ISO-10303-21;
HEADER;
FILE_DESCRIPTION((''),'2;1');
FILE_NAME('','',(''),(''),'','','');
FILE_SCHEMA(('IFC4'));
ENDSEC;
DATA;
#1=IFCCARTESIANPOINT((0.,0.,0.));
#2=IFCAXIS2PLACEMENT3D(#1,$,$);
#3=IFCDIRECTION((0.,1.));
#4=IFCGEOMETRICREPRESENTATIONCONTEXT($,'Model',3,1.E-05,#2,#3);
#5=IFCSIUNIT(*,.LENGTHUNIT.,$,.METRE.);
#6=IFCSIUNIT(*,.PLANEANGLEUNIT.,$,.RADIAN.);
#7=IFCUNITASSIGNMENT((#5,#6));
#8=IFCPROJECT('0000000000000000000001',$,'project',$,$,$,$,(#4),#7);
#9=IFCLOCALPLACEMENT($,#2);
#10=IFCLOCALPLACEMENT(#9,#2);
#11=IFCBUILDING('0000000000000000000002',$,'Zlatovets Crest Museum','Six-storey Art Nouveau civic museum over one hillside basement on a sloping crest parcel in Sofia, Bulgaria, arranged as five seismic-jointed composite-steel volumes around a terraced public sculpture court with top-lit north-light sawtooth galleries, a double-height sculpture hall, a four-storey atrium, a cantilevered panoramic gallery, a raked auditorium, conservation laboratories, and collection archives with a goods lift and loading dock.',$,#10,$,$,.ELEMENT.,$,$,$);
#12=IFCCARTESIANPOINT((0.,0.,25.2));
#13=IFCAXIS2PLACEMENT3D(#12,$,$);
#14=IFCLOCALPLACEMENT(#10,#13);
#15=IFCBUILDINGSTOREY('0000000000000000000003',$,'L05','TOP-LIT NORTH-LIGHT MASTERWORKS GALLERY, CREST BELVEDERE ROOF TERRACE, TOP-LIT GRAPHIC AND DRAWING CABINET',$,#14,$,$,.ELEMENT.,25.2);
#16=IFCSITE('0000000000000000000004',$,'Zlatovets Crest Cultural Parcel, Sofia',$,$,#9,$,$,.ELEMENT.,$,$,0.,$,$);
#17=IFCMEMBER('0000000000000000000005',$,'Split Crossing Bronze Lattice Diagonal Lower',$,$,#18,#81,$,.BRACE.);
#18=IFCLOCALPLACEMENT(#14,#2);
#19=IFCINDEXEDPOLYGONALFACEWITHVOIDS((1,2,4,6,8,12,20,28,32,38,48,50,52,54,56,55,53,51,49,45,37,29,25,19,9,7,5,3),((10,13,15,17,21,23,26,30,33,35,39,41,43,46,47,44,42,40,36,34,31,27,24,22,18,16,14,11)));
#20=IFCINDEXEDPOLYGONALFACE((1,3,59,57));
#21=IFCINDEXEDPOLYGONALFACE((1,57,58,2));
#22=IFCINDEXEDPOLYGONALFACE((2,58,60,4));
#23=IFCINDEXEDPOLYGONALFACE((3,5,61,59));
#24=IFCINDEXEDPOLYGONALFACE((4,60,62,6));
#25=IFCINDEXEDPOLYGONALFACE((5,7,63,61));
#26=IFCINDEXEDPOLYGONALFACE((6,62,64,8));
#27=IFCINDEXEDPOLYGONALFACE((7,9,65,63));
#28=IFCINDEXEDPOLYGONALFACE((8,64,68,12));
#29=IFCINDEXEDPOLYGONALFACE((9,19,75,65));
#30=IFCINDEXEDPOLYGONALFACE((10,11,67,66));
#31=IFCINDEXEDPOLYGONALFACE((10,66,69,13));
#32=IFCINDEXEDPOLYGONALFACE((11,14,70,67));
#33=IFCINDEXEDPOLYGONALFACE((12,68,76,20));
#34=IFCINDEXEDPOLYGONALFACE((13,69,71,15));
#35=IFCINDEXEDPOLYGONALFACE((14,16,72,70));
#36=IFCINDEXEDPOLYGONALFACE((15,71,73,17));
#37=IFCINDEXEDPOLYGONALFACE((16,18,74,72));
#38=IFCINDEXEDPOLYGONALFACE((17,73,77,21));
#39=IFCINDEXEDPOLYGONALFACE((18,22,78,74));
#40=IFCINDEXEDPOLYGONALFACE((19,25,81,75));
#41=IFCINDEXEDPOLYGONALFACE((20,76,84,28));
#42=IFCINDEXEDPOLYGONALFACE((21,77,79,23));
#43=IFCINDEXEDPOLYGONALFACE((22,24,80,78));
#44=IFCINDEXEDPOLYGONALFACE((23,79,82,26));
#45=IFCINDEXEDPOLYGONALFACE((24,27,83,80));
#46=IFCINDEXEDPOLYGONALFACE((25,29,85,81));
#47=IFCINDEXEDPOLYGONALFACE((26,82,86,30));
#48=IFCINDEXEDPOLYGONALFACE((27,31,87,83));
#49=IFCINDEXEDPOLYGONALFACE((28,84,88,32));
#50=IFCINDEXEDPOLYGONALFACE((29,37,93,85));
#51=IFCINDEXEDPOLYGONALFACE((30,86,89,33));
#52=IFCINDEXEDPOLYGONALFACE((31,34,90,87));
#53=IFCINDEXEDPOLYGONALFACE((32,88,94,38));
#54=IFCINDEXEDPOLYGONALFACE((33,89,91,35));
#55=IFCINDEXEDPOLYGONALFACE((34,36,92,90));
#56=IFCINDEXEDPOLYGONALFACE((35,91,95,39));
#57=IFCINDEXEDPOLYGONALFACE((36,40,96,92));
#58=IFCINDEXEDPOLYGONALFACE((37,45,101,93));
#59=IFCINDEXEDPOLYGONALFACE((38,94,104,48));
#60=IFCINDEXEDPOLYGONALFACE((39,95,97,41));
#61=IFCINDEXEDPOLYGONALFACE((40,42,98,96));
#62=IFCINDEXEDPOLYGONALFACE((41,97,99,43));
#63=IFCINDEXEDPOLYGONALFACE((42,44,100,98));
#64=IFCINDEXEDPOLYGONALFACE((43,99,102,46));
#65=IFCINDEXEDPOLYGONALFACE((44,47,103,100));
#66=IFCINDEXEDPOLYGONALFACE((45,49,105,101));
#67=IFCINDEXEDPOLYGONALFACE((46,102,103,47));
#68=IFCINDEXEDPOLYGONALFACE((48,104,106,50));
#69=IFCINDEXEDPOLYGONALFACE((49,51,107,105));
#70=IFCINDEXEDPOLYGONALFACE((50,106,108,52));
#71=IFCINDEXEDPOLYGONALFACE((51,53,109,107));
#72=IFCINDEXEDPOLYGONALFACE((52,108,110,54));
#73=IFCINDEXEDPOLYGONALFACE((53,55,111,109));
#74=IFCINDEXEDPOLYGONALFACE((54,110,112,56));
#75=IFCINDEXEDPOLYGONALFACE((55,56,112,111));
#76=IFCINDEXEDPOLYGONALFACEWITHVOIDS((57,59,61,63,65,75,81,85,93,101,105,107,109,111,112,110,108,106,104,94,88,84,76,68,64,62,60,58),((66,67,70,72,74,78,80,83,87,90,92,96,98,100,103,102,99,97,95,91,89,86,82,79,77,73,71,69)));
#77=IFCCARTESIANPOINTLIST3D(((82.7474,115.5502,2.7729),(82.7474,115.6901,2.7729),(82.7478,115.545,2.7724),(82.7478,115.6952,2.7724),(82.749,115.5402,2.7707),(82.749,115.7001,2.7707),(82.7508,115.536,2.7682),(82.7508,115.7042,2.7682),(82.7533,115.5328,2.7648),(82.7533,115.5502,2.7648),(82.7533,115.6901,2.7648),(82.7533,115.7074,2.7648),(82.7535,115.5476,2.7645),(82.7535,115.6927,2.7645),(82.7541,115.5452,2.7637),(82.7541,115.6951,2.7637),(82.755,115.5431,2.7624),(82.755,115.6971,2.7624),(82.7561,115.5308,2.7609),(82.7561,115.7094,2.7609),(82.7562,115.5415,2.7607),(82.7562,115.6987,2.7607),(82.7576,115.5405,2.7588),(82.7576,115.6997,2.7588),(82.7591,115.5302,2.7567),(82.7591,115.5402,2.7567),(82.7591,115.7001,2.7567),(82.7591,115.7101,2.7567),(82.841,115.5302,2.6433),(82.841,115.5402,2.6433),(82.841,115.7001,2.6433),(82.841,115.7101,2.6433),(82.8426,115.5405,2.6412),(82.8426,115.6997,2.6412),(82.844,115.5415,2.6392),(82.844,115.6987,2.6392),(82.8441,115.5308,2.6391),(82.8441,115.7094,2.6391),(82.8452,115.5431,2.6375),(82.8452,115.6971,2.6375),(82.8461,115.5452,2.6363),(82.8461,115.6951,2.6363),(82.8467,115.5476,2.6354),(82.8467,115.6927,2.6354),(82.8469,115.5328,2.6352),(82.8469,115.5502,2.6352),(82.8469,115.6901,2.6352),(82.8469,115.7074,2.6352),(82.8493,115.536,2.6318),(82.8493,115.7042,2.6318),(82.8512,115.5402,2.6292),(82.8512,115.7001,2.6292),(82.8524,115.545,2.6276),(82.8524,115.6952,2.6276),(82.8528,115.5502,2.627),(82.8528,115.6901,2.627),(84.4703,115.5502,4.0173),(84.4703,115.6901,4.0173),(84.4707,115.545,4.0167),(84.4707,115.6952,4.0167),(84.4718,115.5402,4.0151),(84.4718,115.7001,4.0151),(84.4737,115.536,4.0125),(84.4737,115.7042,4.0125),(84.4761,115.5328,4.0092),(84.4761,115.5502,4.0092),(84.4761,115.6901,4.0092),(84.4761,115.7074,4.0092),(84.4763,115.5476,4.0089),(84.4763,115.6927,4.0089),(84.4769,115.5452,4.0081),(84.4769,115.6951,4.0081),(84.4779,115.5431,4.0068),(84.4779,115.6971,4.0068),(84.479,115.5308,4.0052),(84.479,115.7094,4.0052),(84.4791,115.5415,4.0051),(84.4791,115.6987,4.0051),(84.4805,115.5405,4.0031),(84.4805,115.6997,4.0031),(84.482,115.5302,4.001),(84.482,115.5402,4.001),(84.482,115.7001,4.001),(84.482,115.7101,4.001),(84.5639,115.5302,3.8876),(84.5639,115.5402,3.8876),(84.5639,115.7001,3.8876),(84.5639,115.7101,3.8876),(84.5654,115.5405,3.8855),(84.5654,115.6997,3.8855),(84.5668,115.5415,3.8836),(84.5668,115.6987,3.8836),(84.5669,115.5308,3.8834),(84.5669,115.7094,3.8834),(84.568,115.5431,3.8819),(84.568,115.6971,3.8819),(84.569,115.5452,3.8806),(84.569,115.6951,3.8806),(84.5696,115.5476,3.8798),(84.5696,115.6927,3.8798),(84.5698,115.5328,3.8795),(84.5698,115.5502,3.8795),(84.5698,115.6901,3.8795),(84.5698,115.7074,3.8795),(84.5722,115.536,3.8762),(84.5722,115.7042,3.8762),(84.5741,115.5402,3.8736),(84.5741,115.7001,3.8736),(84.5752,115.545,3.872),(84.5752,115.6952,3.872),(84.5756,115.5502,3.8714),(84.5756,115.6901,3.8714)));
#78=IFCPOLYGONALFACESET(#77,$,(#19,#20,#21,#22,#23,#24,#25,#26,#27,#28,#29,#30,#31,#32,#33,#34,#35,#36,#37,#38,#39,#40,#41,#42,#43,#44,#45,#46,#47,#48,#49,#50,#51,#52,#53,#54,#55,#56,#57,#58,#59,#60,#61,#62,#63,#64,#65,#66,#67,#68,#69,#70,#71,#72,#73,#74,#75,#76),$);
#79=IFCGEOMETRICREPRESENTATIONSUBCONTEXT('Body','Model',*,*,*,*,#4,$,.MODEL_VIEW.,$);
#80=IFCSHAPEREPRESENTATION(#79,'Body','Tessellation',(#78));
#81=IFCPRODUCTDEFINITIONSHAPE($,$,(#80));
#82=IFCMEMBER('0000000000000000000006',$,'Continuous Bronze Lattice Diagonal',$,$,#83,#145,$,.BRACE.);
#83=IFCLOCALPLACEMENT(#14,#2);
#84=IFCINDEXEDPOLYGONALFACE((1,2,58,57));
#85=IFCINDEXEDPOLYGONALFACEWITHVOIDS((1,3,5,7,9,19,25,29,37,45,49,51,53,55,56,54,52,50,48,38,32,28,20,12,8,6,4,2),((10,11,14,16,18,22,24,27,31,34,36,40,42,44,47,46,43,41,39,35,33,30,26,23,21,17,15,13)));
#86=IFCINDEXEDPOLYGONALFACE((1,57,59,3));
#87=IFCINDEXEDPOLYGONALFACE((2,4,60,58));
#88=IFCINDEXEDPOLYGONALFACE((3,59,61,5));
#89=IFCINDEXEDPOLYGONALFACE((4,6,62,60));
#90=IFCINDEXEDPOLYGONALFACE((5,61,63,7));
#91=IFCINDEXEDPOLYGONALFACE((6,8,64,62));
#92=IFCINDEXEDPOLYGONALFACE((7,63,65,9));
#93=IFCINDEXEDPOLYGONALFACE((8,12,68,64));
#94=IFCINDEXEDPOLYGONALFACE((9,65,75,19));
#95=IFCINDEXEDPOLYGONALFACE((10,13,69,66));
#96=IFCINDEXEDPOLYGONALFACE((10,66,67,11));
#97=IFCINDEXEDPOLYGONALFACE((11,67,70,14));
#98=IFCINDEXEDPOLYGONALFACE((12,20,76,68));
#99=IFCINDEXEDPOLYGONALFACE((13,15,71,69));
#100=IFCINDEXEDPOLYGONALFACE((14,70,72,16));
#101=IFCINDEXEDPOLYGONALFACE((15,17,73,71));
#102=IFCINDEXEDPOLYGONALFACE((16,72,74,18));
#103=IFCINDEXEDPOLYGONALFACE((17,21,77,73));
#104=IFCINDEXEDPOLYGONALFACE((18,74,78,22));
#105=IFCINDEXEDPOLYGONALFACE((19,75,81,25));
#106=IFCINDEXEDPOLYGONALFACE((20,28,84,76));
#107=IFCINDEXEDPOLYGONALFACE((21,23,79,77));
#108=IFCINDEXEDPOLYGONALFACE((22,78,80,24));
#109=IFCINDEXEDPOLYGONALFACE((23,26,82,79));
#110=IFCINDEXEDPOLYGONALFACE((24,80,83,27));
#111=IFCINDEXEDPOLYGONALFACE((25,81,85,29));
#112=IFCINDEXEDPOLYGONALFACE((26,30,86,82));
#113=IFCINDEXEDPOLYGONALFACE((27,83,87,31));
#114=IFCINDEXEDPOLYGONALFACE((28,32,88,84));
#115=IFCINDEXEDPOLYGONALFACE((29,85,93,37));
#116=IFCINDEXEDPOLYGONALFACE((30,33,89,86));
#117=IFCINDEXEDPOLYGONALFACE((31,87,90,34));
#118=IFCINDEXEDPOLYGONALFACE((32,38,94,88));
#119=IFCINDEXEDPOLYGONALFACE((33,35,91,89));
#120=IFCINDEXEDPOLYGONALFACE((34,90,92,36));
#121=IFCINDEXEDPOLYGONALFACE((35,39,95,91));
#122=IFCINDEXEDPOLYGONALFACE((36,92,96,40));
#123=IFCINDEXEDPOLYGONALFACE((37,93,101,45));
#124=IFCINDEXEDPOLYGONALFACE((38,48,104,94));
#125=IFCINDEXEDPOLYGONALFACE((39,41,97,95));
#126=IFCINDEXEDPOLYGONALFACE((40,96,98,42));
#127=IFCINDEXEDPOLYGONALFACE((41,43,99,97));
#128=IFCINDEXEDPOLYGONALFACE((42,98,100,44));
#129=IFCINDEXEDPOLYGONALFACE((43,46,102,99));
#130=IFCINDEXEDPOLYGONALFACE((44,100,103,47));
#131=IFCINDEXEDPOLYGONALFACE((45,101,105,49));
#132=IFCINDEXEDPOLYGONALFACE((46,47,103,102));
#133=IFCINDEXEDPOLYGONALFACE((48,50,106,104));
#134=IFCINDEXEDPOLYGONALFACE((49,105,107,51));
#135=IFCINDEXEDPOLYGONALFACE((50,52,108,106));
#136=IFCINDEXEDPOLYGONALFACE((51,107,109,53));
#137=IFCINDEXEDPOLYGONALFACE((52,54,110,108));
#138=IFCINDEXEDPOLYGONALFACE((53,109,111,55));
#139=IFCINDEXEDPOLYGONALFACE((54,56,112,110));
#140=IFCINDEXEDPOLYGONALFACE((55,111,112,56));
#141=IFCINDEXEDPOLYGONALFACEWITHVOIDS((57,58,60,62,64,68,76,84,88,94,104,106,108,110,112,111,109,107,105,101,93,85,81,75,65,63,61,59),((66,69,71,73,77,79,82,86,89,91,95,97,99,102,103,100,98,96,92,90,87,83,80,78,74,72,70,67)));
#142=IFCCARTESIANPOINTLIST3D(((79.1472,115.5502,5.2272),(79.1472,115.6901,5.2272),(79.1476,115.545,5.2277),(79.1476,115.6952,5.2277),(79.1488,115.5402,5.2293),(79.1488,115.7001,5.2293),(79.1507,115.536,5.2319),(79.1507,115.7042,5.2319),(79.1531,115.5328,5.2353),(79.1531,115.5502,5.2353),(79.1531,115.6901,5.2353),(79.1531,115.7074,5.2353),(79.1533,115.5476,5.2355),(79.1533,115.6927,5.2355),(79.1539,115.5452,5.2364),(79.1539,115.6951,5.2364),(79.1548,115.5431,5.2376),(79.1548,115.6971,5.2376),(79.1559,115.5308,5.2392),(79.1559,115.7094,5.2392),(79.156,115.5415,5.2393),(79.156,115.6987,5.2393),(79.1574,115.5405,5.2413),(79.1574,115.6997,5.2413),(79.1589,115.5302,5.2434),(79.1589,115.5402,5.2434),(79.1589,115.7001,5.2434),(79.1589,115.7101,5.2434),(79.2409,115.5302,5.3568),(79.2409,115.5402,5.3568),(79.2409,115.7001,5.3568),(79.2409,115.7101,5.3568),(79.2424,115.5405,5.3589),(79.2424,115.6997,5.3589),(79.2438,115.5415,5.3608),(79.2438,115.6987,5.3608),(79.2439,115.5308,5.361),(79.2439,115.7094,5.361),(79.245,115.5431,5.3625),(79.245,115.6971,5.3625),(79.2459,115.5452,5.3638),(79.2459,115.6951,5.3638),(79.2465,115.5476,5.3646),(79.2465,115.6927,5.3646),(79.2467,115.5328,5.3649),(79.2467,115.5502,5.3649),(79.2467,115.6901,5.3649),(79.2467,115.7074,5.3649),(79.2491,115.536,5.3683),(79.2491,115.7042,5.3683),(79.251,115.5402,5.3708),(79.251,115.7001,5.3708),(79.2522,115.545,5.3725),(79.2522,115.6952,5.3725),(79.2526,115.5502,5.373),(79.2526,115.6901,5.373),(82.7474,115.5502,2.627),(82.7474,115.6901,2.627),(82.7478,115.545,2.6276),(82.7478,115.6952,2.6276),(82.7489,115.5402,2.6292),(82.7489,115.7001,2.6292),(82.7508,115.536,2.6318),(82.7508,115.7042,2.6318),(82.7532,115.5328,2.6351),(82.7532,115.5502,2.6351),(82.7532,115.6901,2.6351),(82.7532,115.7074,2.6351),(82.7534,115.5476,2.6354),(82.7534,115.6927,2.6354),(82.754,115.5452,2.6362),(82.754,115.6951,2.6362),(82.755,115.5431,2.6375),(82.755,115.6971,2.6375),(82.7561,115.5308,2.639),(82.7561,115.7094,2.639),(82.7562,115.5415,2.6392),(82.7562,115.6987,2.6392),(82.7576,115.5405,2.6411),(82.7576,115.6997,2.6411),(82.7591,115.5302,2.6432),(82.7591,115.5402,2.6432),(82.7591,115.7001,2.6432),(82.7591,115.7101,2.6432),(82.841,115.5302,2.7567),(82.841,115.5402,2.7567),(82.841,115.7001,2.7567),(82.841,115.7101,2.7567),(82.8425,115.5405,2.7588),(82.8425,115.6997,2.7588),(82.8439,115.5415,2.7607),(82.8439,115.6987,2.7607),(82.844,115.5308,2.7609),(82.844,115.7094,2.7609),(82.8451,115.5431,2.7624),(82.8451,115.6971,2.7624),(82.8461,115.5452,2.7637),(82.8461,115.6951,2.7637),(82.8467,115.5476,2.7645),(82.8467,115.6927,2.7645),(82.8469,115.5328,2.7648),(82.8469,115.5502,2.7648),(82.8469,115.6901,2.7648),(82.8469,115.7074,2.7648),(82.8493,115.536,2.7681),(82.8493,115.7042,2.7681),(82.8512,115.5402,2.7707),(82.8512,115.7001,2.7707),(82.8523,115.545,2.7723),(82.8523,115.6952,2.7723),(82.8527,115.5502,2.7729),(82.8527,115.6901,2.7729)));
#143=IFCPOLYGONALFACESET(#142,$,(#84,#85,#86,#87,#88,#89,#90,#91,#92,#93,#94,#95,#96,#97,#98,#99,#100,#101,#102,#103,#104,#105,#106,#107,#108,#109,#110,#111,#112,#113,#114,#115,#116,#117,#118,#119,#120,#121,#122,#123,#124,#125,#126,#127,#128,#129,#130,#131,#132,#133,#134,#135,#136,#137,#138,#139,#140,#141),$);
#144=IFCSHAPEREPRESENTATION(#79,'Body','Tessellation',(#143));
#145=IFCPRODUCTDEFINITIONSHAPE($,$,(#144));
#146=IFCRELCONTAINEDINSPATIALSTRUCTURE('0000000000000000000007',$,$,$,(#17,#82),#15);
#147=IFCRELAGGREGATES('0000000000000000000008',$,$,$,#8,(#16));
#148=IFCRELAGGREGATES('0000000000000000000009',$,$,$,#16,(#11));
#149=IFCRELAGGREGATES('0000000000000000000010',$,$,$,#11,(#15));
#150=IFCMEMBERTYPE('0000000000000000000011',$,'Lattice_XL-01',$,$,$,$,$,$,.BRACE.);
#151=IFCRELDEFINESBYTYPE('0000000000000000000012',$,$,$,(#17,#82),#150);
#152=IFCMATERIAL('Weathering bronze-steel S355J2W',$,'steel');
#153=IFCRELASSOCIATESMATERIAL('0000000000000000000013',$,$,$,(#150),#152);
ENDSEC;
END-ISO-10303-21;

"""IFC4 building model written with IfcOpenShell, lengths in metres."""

from ifc_helpers import new_model, si_unit, direction, frame, origin, origin_2d, place, context, subcontext, project, spatial, hollow_rectangle, extrude, material, material_profile, profile_set, type_object, element, save


model = new_model("IFC4")

# Units and contexts
model_context = context("Model", 3, precision=1e-05, world=origin(), true_north=direction((0.0, 1.0)))
body_context = subcontext(model_context, "Body", "Model", "MODEL_VIEW")
ifc_project = project(units=[si_unit("LENGTHUNIT", "METRE"), si_unit("PLANEANGLEUNIT", "RADIAN")], contexts=[model_context])

# Site, building, storey
site_placement = place(None, origin())
site = spatial("IfcSite", under=ifc_project, at=site_placement, Name="Zlatovets Crest Cultural Parcel, Sofia", CompositionType="ELEMENT", RefElevation=0.0)
building_placement = place(site_placement, origin())
building = spatial("IfcBuilding", under=site, at=building_placement, Name="Zlatovets Crest Museum", Description="Six-storey Art Nouveau civic museum over one hillside basement on a sloping crest parcel in Sofia, Bulgaria, arranged as five seismic-jointed composite-steel volumes around a terraced public sculpture court with top-lit north-light sawtooth galleries, a double-height sculpture hall, a four-storey atrium, a cantilevered panoramic gallery, a raked auditorium, conservation laboratories, and collection archives with a goods lift and loading dock.", CompositionType="ELEMENT")
storey_placement = place(building_placement, frame((0.0, 0.0, 25.2)))
storey = spatial("IfcBuildingStorey", under=building, at=storey_placement, Name="L05", Description="TOP-LIT NORTH-LIGHT MASTERWORKS GALLERY, CREST BELVEDERE ROOF TERRACE, TOP-LIT GRAPHIC AND DRAWING CABINET", CompositionType="ELEMENT", Elevation=25.2)

# Members
ifc_material_1 = material(Name="Weathering bronze-steel S355J2W", Category="steel")
ifc_material_profile_1 = material_profile(ifc_material_1, hollow_rectangle(XDim=0.1799, YDim=0.1799, WallThickness=0.01, InnerFilletRadius=0.01, OuterFilletRadius=0.02, at=origin_2d()), Name="SHS 180x180x10.0")
ifc_profile_set_1 = profile_set([ifc_material_profile_1], Name="Weathering bronze-steel S355J2W")
member_type_1 = type_object("IfcMemberType", Name="Lattice_XL-01", PredefinedType="BRACE", material=ifc_profile_set_1)
for number, where, z_axis, x_axis, name in (
    (1, (84.5229, 115.6201, 3.9443), (-0.810664, 0.0, -0.585512), (0.0, -1.0, 0.0), "Split Crossing Bronze Lattice Diagonal Lower"),
):
    element("IfcMember", number, at=place(storey_placement, frame(where, z_axis=z_axis, x_axis=x_axis)), inside=storey, type_object=member_type_1, Name=name, PredefinedType="BRACE", context=body_context, shape_type="SweptSolid", body=[
        extrude(hollow_rectangle(XDim=0.1799, YDim=0.1799, WallThickness=0.01, InnerFilletRadius=0.01, OuterFilletRadius=0.02, at=origin_2d()), origin(), (0.0, 0.0, 1.0), 2.1252),
    ])
member_1_placement = place(storey_placement, frame((82.8, 115.6201, 2.7), z_axis=(-0.810676, 0.0, 0.585495), x_axis=(0.0, -1.0, 0.0)))
element("IfcMember", 2, at=member_1_placement, inside=storey, type_object=member_type_1, Name="Continuous Bronze Lattice Diagonal", PredefinedType="BRACE", context=body_context, shape_type="SweptSolid", body=[
    extrude(hollow_rectangle(XDim=0.1799, YDim=0.1799, WallThickness=0.01, InnerFilletRadius=0.01, OuterFilletRadius=0.02, at=origin_2d()), origin(), (0.0, 0.0, 1.0), 4.4409),
])

save(model, "model.ifc")
